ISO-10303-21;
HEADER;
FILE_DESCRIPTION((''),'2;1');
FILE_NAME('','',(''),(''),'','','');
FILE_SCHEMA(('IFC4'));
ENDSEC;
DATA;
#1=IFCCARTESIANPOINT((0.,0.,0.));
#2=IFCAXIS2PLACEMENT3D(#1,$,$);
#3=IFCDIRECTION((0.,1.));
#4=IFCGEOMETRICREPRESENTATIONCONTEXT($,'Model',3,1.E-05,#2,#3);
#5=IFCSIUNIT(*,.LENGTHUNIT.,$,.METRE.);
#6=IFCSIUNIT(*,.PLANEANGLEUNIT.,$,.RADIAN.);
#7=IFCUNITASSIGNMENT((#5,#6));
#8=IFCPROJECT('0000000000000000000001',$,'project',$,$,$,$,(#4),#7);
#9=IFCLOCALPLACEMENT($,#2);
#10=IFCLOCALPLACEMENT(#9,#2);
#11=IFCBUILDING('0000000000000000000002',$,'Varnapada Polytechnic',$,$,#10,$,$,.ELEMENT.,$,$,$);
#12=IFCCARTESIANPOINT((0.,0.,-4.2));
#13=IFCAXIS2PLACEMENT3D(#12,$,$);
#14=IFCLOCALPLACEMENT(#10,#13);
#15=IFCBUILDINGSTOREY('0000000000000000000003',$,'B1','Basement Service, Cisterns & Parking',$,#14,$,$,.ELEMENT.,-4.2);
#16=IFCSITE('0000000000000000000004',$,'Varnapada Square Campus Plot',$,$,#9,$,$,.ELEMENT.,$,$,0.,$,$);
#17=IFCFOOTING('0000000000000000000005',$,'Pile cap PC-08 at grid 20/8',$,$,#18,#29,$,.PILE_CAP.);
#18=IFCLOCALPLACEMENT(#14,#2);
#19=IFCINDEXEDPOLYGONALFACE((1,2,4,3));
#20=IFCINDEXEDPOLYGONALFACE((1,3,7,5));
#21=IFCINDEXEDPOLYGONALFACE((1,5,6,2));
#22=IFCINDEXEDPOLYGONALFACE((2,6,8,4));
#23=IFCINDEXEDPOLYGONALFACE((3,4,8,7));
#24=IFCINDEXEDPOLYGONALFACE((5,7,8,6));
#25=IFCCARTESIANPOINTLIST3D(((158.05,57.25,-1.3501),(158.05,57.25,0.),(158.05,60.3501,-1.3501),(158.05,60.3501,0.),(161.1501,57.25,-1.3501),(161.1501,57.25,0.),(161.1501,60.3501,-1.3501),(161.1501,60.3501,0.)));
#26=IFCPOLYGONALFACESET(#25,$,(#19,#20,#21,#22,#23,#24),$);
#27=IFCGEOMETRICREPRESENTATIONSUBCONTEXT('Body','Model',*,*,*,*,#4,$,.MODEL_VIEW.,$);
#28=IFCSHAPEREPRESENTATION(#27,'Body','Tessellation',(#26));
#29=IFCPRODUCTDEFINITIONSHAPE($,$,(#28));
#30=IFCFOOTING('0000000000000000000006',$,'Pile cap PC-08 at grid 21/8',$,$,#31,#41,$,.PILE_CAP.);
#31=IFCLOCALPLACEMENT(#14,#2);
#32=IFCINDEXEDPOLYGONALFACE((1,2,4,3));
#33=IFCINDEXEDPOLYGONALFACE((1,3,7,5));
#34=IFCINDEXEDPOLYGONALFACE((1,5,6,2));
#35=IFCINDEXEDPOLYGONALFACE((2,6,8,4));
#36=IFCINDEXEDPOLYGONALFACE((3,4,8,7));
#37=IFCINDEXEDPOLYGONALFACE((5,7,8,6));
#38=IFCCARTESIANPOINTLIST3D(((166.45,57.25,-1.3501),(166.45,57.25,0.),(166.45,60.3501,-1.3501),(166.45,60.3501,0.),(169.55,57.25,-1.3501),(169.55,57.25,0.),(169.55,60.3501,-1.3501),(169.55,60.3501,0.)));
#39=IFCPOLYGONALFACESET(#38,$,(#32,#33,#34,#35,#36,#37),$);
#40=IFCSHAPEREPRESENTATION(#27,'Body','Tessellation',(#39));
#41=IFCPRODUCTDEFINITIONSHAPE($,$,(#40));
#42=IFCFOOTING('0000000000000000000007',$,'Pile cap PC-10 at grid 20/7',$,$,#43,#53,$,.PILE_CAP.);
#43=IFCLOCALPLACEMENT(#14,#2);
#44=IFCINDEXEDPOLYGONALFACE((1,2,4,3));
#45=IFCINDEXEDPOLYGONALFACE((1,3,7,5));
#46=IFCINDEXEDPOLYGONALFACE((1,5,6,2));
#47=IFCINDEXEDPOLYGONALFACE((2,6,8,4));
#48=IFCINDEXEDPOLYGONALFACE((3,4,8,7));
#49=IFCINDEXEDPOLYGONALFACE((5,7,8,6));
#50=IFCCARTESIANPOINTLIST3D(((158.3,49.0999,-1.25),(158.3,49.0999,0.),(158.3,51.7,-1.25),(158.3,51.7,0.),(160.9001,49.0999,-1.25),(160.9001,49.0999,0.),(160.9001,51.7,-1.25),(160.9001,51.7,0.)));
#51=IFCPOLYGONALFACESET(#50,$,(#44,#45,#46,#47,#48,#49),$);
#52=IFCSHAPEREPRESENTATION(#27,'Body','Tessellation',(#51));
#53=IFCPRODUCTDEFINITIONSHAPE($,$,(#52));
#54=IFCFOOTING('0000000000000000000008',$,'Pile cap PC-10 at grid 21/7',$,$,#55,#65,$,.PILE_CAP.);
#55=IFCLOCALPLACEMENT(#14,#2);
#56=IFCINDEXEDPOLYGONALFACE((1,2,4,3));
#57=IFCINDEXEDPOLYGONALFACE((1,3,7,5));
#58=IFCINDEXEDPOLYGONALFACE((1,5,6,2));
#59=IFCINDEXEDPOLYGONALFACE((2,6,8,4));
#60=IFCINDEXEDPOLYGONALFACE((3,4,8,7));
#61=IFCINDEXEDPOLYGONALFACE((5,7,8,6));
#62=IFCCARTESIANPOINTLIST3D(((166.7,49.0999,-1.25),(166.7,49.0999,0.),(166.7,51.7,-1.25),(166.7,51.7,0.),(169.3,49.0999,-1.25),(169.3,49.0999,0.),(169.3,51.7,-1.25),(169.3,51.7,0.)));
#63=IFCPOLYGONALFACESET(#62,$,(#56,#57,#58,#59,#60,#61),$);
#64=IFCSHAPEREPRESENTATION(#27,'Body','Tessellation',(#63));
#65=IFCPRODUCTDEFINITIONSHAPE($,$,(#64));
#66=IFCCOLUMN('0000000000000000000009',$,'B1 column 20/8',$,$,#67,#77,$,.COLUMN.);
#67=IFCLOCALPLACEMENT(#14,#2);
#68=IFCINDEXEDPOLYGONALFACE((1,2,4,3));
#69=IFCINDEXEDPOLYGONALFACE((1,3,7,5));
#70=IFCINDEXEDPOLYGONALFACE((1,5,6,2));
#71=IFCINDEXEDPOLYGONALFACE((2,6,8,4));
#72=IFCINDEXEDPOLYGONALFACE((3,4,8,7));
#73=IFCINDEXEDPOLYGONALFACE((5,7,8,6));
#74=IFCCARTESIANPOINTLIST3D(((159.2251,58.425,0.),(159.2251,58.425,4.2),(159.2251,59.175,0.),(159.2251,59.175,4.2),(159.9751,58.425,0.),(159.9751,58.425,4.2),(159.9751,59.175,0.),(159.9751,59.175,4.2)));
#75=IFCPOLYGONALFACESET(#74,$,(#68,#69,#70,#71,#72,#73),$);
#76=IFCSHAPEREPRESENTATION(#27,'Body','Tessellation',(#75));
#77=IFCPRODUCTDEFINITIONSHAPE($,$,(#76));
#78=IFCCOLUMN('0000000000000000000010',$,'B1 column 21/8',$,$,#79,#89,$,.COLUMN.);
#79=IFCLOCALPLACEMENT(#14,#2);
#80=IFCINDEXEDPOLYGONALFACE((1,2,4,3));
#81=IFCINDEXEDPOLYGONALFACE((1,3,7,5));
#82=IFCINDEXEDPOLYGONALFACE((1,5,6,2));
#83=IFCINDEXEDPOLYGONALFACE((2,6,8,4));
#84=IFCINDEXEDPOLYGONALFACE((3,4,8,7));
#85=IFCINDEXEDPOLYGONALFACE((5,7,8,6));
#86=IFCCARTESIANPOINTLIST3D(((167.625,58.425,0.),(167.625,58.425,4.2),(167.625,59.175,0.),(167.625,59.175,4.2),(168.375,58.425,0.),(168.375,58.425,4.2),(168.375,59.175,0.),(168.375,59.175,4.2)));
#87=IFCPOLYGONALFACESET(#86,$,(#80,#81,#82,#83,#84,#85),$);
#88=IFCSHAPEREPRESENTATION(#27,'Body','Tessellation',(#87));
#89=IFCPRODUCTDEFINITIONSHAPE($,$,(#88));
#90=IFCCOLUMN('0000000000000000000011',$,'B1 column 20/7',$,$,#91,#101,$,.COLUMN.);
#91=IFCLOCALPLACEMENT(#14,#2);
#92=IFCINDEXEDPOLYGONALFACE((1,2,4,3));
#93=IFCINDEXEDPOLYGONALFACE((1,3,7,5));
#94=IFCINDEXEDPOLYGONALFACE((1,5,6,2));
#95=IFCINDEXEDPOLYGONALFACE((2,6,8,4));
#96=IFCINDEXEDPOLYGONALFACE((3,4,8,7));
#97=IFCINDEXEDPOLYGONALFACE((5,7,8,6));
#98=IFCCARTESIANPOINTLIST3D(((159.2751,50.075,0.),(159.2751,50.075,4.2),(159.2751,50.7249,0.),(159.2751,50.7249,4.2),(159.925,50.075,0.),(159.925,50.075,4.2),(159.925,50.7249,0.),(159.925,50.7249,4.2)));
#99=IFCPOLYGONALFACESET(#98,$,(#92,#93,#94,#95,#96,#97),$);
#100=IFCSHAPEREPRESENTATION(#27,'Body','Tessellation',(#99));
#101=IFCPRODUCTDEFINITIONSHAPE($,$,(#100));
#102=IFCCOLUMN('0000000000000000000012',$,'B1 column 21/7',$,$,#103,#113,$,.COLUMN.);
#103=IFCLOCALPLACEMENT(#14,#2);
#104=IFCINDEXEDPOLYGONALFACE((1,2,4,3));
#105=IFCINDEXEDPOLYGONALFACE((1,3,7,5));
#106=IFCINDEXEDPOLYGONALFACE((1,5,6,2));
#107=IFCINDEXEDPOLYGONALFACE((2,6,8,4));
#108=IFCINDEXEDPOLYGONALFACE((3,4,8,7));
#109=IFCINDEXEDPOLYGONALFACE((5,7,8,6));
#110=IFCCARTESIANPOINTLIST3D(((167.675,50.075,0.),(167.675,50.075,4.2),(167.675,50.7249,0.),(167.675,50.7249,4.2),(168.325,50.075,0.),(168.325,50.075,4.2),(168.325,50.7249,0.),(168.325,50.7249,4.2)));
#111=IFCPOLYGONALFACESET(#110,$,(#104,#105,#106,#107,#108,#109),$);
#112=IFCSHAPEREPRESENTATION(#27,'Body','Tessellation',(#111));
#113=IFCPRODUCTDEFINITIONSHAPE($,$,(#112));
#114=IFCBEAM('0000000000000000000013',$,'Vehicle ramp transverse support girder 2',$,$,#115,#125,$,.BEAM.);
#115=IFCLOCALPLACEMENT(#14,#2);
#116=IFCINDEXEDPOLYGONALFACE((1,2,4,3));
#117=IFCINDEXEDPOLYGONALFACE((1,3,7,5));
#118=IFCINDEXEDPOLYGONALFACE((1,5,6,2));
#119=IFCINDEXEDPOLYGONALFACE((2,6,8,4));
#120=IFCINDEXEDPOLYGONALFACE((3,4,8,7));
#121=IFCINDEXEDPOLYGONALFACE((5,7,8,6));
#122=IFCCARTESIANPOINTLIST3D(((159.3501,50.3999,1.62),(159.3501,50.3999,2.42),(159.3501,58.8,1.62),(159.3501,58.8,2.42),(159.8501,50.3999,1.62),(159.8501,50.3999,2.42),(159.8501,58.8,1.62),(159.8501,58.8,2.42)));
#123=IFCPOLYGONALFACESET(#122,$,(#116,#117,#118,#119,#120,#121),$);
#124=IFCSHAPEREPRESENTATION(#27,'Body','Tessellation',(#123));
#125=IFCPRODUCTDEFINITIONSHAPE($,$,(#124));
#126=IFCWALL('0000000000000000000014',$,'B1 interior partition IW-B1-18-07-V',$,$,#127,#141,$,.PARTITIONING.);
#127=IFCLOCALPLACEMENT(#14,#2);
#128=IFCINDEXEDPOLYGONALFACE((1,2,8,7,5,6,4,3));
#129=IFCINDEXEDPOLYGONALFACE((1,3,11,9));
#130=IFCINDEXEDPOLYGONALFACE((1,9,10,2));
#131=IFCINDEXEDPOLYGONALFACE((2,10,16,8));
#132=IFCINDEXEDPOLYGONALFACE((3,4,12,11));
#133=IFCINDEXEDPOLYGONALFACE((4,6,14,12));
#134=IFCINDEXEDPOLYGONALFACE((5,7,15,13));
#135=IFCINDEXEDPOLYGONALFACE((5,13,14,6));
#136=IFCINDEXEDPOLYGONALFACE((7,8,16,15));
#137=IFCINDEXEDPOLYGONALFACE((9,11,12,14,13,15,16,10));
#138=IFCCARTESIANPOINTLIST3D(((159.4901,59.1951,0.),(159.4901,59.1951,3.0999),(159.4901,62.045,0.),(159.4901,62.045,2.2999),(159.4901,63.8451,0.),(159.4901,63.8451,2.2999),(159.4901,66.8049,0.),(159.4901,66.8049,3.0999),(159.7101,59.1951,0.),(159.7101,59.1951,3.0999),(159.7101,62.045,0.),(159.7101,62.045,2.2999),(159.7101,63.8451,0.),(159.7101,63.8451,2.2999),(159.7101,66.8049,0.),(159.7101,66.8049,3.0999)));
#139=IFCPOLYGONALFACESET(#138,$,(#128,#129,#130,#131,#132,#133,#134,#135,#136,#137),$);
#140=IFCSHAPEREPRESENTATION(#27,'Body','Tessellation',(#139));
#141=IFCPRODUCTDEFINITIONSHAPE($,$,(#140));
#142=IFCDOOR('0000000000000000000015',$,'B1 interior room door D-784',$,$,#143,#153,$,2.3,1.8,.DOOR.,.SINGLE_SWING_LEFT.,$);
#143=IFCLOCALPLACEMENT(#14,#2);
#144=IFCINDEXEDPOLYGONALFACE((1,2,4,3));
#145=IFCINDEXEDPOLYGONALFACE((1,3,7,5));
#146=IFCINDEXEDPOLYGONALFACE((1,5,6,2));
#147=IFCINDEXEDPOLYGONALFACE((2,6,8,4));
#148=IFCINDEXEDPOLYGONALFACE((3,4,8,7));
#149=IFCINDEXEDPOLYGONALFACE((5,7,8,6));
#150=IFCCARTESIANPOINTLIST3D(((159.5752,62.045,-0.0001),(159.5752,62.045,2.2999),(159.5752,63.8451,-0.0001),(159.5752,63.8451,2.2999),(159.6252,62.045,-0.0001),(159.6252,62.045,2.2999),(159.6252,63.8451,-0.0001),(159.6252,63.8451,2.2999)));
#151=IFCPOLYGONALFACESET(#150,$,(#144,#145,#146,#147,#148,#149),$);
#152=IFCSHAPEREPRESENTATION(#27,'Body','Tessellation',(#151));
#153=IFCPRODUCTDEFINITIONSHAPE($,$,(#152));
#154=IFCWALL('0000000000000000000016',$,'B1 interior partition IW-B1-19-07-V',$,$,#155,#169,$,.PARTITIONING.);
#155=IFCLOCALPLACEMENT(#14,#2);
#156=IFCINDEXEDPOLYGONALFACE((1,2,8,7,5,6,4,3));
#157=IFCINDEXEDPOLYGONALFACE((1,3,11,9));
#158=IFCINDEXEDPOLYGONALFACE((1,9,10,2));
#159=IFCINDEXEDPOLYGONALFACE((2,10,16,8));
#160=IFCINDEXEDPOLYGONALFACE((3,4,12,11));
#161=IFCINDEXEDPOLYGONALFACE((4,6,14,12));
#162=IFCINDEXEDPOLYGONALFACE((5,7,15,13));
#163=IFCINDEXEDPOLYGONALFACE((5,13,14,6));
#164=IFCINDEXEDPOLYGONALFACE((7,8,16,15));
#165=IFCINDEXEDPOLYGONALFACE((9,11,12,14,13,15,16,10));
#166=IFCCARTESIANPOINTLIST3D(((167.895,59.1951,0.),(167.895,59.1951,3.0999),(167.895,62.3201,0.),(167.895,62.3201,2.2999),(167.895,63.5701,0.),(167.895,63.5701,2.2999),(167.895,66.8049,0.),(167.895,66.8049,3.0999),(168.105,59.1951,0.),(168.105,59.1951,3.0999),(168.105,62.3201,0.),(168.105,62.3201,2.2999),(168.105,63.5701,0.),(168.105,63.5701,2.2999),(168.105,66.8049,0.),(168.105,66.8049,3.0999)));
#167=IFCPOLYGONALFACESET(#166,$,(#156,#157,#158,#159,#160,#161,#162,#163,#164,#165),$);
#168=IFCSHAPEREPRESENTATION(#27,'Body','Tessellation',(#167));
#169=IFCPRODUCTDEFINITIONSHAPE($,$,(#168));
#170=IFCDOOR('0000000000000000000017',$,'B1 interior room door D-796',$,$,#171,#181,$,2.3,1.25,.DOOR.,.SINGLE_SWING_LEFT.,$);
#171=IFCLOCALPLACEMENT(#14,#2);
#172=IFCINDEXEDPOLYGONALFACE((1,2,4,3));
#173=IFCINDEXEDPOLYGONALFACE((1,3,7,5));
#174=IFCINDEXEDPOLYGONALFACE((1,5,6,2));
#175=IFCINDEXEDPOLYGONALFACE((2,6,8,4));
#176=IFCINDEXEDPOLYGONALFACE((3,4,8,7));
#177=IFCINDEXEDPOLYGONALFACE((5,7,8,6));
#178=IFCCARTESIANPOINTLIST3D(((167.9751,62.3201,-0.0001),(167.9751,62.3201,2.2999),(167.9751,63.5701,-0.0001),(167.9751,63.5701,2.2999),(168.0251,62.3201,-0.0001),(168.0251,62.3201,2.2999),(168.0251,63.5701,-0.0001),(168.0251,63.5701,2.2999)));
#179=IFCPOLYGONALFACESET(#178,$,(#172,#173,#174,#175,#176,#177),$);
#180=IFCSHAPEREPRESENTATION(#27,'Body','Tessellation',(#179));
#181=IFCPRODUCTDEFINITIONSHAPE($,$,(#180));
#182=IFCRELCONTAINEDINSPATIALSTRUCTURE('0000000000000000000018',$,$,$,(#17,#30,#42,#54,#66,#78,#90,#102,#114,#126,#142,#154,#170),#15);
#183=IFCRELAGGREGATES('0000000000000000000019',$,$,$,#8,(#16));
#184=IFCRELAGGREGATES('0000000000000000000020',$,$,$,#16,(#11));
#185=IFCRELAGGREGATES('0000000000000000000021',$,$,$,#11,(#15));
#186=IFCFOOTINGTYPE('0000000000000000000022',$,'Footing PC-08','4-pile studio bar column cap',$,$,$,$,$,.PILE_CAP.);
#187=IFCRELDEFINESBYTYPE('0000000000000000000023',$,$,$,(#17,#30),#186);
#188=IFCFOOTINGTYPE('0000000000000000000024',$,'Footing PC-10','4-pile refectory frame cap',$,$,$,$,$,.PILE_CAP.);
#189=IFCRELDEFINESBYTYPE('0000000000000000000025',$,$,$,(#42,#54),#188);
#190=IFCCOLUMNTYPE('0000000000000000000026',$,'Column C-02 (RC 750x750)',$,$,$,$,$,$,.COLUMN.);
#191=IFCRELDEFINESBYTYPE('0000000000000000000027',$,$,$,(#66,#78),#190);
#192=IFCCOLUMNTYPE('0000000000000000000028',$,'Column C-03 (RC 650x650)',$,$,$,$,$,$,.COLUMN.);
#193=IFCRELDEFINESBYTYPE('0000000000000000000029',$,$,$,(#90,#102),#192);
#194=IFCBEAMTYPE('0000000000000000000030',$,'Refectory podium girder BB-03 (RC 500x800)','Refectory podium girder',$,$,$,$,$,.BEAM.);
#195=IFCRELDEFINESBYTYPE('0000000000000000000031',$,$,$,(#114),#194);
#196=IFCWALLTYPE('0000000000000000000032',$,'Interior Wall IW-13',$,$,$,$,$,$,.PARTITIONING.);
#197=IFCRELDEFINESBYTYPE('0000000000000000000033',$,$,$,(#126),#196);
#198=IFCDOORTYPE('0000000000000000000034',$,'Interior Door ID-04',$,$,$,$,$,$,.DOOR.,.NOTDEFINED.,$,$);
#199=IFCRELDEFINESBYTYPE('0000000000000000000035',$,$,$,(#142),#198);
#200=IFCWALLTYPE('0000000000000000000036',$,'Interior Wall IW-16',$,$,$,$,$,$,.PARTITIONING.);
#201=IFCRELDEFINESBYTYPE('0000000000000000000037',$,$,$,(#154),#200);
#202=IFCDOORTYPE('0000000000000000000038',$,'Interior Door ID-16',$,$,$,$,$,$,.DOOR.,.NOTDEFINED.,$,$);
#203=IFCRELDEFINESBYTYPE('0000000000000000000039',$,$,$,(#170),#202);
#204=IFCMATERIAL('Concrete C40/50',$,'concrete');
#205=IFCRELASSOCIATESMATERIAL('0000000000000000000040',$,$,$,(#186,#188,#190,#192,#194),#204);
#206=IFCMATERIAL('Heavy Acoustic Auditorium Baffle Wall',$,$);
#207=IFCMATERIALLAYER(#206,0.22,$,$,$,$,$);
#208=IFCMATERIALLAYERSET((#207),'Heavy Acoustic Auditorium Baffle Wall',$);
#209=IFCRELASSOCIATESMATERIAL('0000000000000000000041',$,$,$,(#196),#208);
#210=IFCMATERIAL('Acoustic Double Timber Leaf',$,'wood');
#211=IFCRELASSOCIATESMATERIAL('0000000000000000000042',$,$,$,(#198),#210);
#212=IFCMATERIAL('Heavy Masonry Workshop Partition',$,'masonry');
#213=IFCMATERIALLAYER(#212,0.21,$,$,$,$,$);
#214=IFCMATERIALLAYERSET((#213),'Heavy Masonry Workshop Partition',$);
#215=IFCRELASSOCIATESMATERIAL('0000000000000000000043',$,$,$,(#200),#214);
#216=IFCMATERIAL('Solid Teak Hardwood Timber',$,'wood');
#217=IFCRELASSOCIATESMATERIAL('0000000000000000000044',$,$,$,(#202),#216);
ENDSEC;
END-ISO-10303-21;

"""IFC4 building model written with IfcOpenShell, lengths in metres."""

from ifc_helpers import new_model, si_unit, direction, frame, frame_2d, origin, origin_2d, place, context, subcontext, project, spatial, rectangle, extrude, material, layer, layer_set, material_profile, profile_set, type_object, element, fill, save


model = new_model("IFC4")

# Units and contexts
model_context = context("Model", 3, precision=1e-05, world=origin(), true_north=direction((0.0, 1.0)))
body_context = subcontext(model_context, "Body", "Model", "MODEL_VIEW")
ifc_project = project(units=[si_unit("LENGTHUNIT", "METRE"), si_unit("PLANEANGLEUNIT", "RADIAN")], contexts=[model_context])

# Site, building, storey
site_placement = place(None, origin())
site = spatial("IfcSite", under=ifc_project, at=site_placement, Name="Varnapada Square Campus Plot", CompositionType="ELEMENT", RefElevation=0.0)
building_placement = place(site_placement, origin())
building = spatial("IfcBuilding", under=site, at=building_placement, Name="Varnapada Polytechnic", CompositionType="ELEMENT")
storey_placement = place(building_placement, frame((0.0, 0.0, -4.2)))
storey = spatial("IfcBuildingStorey", under=building, at=storey_placement, Name="B1", Description="Basement Service, Cisterns & Parking", CompositionType="ELEMENT", Elevation=-4.2)

# Shared definitions
ifc_material_1 = material(Name="Concrete C40/50", Category="concrete")

# Footings
footing_type_1 = type_object("IfcFootingType", Name="Footing PC-08", Description="4-pile studio bar column cap", PredefinedType="PILE_CAP", material=ifc_material_1)
for number, where, z_axis, x_axis, name in (
    (1, (159.6001, 58.8, -1.3501), (0.0, 0.0, 1.0), (1.0, 0.0, 0.0), "Pile cap PC-08 at grid 20/8"),
    (2, (168.0, 58.8, -1.3501), (0.0, 0.0, 1.0), (1.0, 0.0, 0.0), "Pile cap PC-08 at grid 21/8"),
):
    element("IfcFooting", number, at=place(storey_placement, frame(where, z_axis=z_axis, x_axis=x_axis)), inside=storey, type_object=footing_type_1, Name=name, PredefinedType="PILE_CAP", context=body_context, shape_type="SweptSolid", body=[
        extrude(rectangle(XDim=3.1001, YDim=3.1001, at=origin_2d()), origin(), (0.0, 0.0, 1.0), 1.3501),
    ])
footing_type_2 = type_object("IfcFootingType", Name="Footing PC-10", Description="4-pile refectory frame cap", PredefinedType="PILE_CAP", material=ifc_material_1)
for number, where, z_axis, x_axis, name in (
    (3, (159.6001, 50.3999, -1.25), (0.0, 0.0, 1.0), (1.0, 0.0, 0.0), "Pile cap PC-10 at grid 20/7"),
    (4, (168.0, 50.3999, -1.25), (0.0, 0.0, 1.0), (1.0, 0.0, 0.0), "Pile cap PC-10 at grid 21/7"),
):
    element("IfcFooting", number, at=place(storey_placement, frame(where, z_axis=z_axis, x_axis=x_axis)), inside=storey, type_object=footing_type_2, Name=name, PredefinedType="PILE_CAP", context=body_context, shape_type="SweptSolid", body=[
        extrude(rectangle(XDim=2.6001, YDim=2.6001, at=origin_2d()), origin(), (0.0, 0.0, 1.0), 1.25),
    ])

# Columns
ifc_material_profile_1 = material_profile(ifc_material_1, rectangle(XDim=0.75, YDim=0.75, at=origin_2d()), Name="RC 750x750")
ifc_profile_set_1 = profile_set([ifc_material_profile_1], Name="Concrete C40/50")
column_type_1 = type_object("IfcColumnType", Name="Column C-02 (RC 750x750)", PredefinedType="COLUMN", material=ifc_profile_set_1)
for number, where, z_axis, x_axis, name in (
    (5, (159.6001, 58.8, 0.0), (0.0, 0.0, 1.0), (1.0, 0.0, 0.0), "B1 column 20/8"),
    (6, (168.0, 58.8, 0.0), (0.0, 0.0, 1.0), (1.0, 0.0, 0.0), "B1 column 21/8"),
):
    element("IfcColumn", number, at=place(storey_placement, frame(where, z_axis=z_axis, x_axis=x_axis)), inside=storey, type_object=column_type_1, Name=name, PredefinedType="COLUMN", context=body_context, shape_type="SweptSolid", body=[
        extrude(rectangle(XDim=0.75, YDim=0.75, at=origin_2d()), origin(), (0.0, 0.0, 1.0), 4.2),
    ])
ifc_material_profile_2 = material_profile(ifc_material_1, rectangle(XDim=0.6499, YDim=0.6499, at=origin_2d()), Name="RC 650x650")
ifc_profile_set_2 = profile_set([ifc_material_profile_2], Name="Concrete C40/50")
column_type_2 = type_object("IfcColumnType", Name="Column C-03 (RC 650x650)", PredefinedType="COLUMN", material=ifc_profile_set_2)
for number, where, z_axis, x_axis, name in (
    (7, (159.6001, 50.3999, 0.0), (0.0, 0.0, 1.0), (1.0, 0.0, 0.0), "B1 column 20/7"),
    (8, (168.0, 50.3999, 0.0), (0.0, 0.0, 1.0), (1.0, 0.0, 0.0), "B1 column 21/7"),
):
    element("IfcColumn", number, at=place(storey_placement, frame(where, z_axis=z_axis, x_axis=x_axis)), inside=storey, type_object=column_type_2, Name=name, PredefinedType="COLUMN", context=body_context, shape_type="SweptSolid", body=[
        extrude(rectangle(XDim=0.6499, YDim=0.6499, at=origin_2d()), origin(), (0.0, 0.0, 1.0), 4.2),
    ])

# Beam
ifc_material_profile_3 = material_profile(ifc_material_1, rectangle(XDim=0.5, YDim=0.8, at=origin_2d()), Name="RC 500x800")
ifc_profile_set_3 = profile_set([ifc_material_profile_3], Name="Concrete C40/50")
beam_type = type_object("IfcBeamType", Name="Refectory podium girder BB-03 (RC 500x800)", Description="Refectory podium girder", PredefinedType="BEAM", material=ifc_profile_set_3)
beam_placement = place(storey_placement, frame((159.6001, 50.3999, 2.02), z_axis=(0.0, 1.0, 0.0), x_axis=(-1.0, 0.0, 0.0)))
element("IfcBeam", 9, at=beam_placement, inside=storey, type_object=beam_type, Name="Vehicle ramp transverse support girder 2", PredefinedType="BEAM", context=body_context, shape_type="SweptSolid", body=[
    extrude(rectangle(XDim=0.5, YDim=0.8, at=origin_2d()), origin(), (0.0, 0.0, 1.0), 8.4001),
])

# Walls, openings, doors
ifc_material_2 = material(Name="Heavy Acoustic Auditorium Baffle Wall")
ifc_layer_1 = layer(ifc_material_2, 0.22)
ifc_layer_set_1 = layer_set([ifc_layer_1], Name="Heavy Acoustic Auditorium Baffle Wall")
wall_type_1 = type_object("IfcWallType", Name="Interior Wall IW-13", PredefinedType="PARTITIONING", material=ifc_layer_set_1)
wall_1_placement = place(storey_placement, frame((159.6001, 59.1951, 0.0), z_axis=(0.0, 0.0, 1.0), x_axis=(0.0, 1.0, 0.0)))
wall_1 = element("IfcWall", 10, at=wall_1_placement, inside=storey, type_object=wall_type_1, Name="B1 interior partition IW-B1-18-07-V", PredefinedType="PARTITIONING", context=body_context, shape_type="SweptSolid", body=[
    extrude(rectangle(XDim=7.6099, YDim=0.22, at=frame_2d((3.8049, 0.0))), origin(), (0.0, 0.0, 1.0), 3.0999),
])
opening_1_placement = place(wall_1_placement, frame((2.8501, 0.0, 0.0)))
opening_1 = element("IfcOpeningElement", 11, at=opening_1_placement, cuts=wall_1, PredefinedType="OPENING", context=body_context, shape_type="SweptSolid", body=[
    extrude(rectangle(XDim=1.8, YDim=2.3, at=frame_2d((0.8999, 1.1499))), frame((0.0, 0.1199, 0.0), z_axis=(0.0, -1.0, 0.0), x_axis=(1.0, 0.0, 0.0)), (0.0, 0.0, 1.0), 0.24),
])
ifc_material_3 = material(Name="Acoustic Double Timber Leaf", Category="wood")
door_type_1 = type_object("IfcDoorType", Name="Interior Door ID-04", OperationType="NOTDEFINED", PredefinedType="DOOR", material=ifc_material_3)
door_1_placement = place(opening_1_placement, origin())
door_1 = element("IfcDoor", 12, at=door_1_placement, inside=storey, type_object=door_type_1, Name="B1 interior room door D-784", OperationType="SINGLE_SWING_LEFT", OverallHeight=2.3, OverallWidth=1.8, PredefinedType="DOOR", context=body_context, shape_type="SweptSolid", body=[
    extrude(rectangle(XDim=1.8, YDim=2.3, at=frame_2d((0.8999, 1.1499))), frame((0.0, 0.0249, 0.0), z_axis=(0.0, -1.0, 0.0), x_axis=(1.0, 0.0, 0.0)), (0.0, 0.0, 1.0), 0.05),
])
fill(opening_1, door_1)
ifc_material_4 = material(Name="Heavy Masonry Workshop Partition", Category="masonry")
ifc_layer_2 = layer(ifc_material_4, 0.21)
ifc_layer_set_2 = layer_set([ifc_layer_2], Name="Heavy Masonry Workshop Partition")
wall_type_2 = type_object("IfcWallType", Name="Interior Wall IW-16", PredefinedType="PARTITIONING", material=ifc_layer_set_2)
wall_2_placement = place(storey_placement, frame((168.0, 59.1951, 0.0), z_axis=(0.0, 0.0, 1.0), x_axis=(0.0, 1.0, 0.0)))
wall_2 = element("IfcWall", 13, at=wall_2_placement, inside=storey, type_object=wall_type_2, Name="B1 interior partition IW-B1-19-07-V", PredefinedType="PARTITIONING", context=body_context, shape_type="SweptSolid", body=[
    extrude(rectangle(XDim=7.6099, YDim=0.21, at=frame_2d((3.8049, 0.0))), origin(), (0.0, 0.0, 1.0), 3.0999),
])
opening_2_placement = place(wall_2_placement, frame((3.125, 0.0, 0.0)))
opening_2 = element("IfcOpeningElement", 14, at=opening_2_placement, cuts=wall_2, PredefinedType="OPENING", context=body_context, shape_type="SweptSolid", body=[
    extrude(rectangle(XDim=1.25, YDim=2.3, at=frame_2d((0.625, 1.1499))), frame((0.0, 0.115, 0.0), z_axis=(0.0, -1.0, 0.0), x_axis=(1.0, 0.0, 0.0)), (0.0, 0.0, 1.0), 0.23),
])
ifc_material_5 = material(Name="Solid Teak Hardwood Timber", Category="wood")
door_type_2 = type_object("IfcDoorType", Name="Interior Door ID-16", OperationType="NOTDEFINED", PredefinedType="DOOR", material=ifc_material_5)
door_2_placement = place(opening_2_placement, origin())
door_2 = element("IfcDoor", 15, at=door_2_placement, inside=storey, type_object=door_type_2, Name="B1 interior room door D-796", OperationType="SINGLE_SWING_LEFT", OverallHeight=2.3, OverallWidth=1.25, PredefinedType="DOOR", context=body_context, shape_type="SweptSolid", body=[
    extrude(rectangle(XDim=1.25, YDim=2.3, at=frame_2d((0.625, 1.1499))), frame((0.0, 0.0249, 0.0), z_axis=(0.0, -1.0, 0.0), x_axis=(1.0, 0.0, 0.0)), (0.0, 0.0, 1.0), 0.05),
])
fill(opening_2, door_2)

save(model, "model.ifc")
